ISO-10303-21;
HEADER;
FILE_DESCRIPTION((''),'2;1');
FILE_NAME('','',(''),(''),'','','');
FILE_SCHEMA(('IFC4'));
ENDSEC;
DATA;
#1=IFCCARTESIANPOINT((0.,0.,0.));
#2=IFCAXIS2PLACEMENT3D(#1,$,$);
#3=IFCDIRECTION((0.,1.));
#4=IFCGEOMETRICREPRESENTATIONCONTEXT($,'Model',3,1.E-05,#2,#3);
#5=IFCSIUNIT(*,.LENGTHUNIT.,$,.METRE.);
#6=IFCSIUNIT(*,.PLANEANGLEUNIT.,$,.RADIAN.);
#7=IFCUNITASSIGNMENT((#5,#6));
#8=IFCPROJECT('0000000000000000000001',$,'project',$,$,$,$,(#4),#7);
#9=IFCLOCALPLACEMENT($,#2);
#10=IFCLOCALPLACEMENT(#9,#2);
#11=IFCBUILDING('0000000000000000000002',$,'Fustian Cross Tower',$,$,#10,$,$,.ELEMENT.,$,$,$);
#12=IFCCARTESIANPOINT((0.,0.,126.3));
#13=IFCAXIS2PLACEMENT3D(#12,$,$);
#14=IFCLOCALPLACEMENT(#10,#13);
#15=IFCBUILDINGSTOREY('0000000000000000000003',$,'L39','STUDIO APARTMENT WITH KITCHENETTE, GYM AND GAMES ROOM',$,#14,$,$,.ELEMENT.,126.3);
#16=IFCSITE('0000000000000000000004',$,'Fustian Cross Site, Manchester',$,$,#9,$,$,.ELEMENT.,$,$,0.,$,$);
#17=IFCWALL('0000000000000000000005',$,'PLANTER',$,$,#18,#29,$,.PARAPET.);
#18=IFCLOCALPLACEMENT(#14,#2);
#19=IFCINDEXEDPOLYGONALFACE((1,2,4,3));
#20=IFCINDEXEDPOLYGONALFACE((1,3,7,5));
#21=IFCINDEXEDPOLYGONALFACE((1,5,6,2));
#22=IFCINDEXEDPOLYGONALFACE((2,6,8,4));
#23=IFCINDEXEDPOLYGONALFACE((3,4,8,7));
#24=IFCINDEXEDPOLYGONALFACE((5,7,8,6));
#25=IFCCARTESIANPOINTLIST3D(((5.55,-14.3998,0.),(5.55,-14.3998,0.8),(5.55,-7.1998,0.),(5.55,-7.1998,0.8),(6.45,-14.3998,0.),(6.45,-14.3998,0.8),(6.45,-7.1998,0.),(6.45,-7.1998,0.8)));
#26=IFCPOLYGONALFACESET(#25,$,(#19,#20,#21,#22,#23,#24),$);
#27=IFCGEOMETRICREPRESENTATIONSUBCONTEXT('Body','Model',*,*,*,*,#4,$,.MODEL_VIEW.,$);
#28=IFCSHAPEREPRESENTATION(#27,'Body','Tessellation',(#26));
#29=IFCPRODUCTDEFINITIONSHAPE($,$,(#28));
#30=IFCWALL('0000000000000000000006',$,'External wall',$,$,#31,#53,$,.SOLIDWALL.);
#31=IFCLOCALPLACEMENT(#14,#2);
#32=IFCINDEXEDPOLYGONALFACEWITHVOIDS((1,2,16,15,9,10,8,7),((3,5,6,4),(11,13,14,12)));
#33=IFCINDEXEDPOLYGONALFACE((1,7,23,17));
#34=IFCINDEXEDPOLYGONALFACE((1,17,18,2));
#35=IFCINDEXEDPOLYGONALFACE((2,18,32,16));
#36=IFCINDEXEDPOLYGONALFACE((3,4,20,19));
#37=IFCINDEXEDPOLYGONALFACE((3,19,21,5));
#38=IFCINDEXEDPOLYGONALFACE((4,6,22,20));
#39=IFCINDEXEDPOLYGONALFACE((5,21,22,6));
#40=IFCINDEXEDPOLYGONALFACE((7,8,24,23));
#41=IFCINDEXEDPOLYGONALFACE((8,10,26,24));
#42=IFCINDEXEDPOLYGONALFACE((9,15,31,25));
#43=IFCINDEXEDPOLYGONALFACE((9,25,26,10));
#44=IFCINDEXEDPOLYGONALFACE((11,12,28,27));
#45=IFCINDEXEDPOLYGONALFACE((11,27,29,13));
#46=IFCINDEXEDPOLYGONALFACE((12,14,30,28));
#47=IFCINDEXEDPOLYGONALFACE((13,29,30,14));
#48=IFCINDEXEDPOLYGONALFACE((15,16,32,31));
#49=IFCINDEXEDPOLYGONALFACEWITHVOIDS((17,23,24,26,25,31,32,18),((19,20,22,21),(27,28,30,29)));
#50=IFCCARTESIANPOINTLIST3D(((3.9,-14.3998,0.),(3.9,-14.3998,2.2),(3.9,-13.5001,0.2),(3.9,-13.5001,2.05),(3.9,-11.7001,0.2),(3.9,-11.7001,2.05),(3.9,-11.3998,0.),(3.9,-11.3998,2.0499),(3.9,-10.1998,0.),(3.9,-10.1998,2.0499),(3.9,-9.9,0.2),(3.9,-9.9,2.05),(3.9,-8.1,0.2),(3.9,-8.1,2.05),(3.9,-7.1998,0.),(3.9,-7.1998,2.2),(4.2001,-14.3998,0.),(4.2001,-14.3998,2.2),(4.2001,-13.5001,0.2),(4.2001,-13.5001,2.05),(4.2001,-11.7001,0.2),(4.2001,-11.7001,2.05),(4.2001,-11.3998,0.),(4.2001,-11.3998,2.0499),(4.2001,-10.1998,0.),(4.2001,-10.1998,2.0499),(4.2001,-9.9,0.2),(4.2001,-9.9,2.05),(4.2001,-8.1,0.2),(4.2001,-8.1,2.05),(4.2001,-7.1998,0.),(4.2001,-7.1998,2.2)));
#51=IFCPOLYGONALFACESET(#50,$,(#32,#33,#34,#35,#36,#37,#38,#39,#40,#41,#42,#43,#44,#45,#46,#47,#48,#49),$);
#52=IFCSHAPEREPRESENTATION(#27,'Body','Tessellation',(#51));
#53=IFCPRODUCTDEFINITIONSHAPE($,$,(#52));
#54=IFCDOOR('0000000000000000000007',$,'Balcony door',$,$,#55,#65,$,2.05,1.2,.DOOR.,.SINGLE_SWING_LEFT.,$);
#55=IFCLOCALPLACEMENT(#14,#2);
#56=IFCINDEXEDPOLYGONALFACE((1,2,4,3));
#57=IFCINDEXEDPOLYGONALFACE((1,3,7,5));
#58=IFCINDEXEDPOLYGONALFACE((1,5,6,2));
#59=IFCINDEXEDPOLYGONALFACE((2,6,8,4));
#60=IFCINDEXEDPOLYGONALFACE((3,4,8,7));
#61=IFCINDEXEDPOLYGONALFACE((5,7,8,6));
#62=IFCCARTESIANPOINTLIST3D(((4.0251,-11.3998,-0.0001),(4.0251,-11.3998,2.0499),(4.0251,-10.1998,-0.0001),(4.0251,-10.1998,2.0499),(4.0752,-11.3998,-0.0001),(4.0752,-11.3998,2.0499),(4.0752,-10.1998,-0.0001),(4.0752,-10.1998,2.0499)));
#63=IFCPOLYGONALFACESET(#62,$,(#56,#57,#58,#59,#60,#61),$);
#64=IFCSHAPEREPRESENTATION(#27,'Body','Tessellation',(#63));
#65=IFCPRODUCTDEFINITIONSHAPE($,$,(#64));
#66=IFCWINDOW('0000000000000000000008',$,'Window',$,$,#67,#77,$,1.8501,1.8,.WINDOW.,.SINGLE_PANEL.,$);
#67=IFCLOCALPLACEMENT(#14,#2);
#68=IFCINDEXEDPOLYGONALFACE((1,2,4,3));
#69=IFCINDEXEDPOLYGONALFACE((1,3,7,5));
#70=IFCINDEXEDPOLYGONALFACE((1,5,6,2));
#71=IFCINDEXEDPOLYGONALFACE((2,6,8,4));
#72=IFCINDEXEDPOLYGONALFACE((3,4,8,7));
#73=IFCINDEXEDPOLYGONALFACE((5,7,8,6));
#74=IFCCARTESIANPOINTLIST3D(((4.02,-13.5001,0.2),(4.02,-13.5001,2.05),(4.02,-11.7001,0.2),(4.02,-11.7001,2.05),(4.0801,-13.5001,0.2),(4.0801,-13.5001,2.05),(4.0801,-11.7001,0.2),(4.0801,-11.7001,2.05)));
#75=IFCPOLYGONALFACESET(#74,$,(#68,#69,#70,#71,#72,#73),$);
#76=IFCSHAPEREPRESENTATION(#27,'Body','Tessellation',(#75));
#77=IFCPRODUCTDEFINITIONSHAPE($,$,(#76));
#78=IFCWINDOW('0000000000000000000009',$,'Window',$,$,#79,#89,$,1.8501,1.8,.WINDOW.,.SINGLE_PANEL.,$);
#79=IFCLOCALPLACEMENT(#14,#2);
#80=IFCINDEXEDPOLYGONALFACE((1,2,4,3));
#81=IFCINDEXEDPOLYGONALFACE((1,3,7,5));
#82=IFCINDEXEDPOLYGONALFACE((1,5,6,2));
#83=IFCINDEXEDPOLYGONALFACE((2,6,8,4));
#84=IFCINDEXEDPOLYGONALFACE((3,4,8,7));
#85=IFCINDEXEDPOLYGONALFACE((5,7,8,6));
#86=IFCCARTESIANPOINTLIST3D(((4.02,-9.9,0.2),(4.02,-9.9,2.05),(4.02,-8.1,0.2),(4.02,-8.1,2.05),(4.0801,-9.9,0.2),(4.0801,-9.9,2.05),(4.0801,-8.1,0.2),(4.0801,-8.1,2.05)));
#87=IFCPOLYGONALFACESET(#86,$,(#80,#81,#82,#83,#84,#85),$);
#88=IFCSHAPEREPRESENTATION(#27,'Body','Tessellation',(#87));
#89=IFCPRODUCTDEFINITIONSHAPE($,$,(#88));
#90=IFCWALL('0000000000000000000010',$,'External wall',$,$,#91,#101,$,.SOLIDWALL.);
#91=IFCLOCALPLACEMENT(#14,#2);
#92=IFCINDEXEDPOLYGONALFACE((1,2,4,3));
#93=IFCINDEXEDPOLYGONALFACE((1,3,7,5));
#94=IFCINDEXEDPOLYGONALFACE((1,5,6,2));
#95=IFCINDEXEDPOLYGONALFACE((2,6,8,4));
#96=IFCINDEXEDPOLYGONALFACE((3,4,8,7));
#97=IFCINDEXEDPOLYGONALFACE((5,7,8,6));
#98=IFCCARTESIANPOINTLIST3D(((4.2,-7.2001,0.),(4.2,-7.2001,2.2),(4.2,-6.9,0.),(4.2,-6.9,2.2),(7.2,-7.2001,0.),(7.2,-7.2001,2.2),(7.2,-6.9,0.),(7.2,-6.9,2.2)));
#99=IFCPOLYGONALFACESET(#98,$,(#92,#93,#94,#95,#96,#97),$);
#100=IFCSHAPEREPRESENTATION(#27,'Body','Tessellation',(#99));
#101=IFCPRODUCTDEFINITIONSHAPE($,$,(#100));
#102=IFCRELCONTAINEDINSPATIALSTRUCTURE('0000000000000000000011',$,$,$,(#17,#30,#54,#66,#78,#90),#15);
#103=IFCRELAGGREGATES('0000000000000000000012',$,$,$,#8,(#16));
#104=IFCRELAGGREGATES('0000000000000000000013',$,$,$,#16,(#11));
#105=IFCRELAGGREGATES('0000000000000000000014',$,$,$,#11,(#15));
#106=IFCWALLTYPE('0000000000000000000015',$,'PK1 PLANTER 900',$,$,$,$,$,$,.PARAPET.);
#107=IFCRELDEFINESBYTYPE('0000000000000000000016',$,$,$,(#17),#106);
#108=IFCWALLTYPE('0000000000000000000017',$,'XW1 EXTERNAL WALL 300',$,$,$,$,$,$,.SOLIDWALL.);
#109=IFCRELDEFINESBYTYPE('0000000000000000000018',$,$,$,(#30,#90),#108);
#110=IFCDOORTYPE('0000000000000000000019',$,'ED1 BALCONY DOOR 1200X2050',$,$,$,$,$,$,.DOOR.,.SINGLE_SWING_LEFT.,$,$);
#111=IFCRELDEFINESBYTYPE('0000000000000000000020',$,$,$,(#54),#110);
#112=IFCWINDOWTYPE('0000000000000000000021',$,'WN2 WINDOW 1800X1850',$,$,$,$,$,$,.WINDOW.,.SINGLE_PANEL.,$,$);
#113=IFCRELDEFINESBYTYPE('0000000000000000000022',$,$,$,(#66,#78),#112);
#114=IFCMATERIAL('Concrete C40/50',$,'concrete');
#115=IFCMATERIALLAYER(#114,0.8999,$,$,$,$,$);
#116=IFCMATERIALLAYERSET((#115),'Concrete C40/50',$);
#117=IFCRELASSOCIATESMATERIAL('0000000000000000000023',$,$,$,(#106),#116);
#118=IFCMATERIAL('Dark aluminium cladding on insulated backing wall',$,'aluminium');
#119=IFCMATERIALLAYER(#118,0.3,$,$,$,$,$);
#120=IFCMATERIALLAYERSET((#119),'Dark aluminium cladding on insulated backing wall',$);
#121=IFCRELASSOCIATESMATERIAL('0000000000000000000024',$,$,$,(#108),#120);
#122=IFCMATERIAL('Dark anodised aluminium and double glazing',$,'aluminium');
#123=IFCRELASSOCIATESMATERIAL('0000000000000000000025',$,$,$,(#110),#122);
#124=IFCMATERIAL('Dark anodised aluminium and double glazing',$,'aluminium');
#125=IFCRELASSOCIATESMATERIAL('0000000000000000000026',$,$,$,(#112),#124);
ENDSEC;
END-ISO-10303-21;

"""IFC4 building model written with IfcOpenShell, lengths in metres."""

from ifc_helpers import new_model, si_unit, direction, frame, frame_2d, origin, place, context, subcontext, project, spatial, rectangle, extrude, material, layer, layer_set, type_object, element, fill, save


model = new_model("IFC4")

# Units and contexts
model_context = context("Model", 3, precision=1e-05, world=origin(), true_north=direction((0.0, 1.0)))
body_context = subcontext(model_context, "Body", "Model", "MODEL_VIEW")
ifc_project = project(units=[si_unit("LENGTHUNIT", "METRE"), si_unit("PLANEANGLEUNIT", "RADIAN")], contexts=[model_context])

# Site, building, storey
site_placement = place(None, origin())
site = spatial("IfcSite", under=ifc_project, at=site_placement, Name="Fustian Cross Site, Manchester", CompositionType="ELEMENT", RefElevation=0.0)
building_placement = place(site_placement, origin())
building = spatial("IfcBuilding", under=site, at=building_placement, Name="Fustian Cross Tower", CompositionType="ELEMENT")
storey_placement = place(building_placement, frame((0.0, 0.0, 126.3)))
storey = spatial("IfcBuildingStorey", under=building, at=storey_placement, Name="L39", Description="STUDIO APARTMENT WITH KITCHENETTE, GYM AND GAMES ROOM", CompositionType="ELEMENT", Elevation=126.3)

# Wall
ifc_material_1 = material(Name="Concrete C40/50", Category="concrete")
ifc_layer_1 = layer(ifc_material_1, 0.8999)
ifc_layer_set_1 = layer_set([ifc_layer_1], Name="Concrete C40/50")
wall_type_1 = type_object("IfcWallType", Name="PK1 PLANTER 900", PredefinedType="PARAPET", material=ifc_layer_set_1)
wall_1_placement = place(storey_placement, frame((6.0, -14.3999, 0.0), z_axis=(0.0, 0.0, 1.0), x_axis=(0.0, 1.0, 0.0)))
element("IfcWall", 1, at=wall_1_placement, inside=storey, type_object=wall_type_1, Name="PLANTER", PredefinedType="PARAPET", context=body_context, shape_type="SweptSolid", body=[
    extrude(rectangle(XDim=7.2, YDim=0.8999, at=frame_2d((3.6001, 0.0))), origin(), (0.0, 0.0, 1.0), 0.8),
])

# Wall, openings, door, windows
ifc_material_2 = material(Name="Dark aluminium cladding on insulated backing wall", Category="aluminium")
ifc_layer_2 = layer(ifc_material_2, 0.3)
ifc_layer_set_2 = layer_set([ifc_layer_2], Name="Dark aluminium cladding on insulated backing wall")
wall_type_2 = type_object("IfcWallType", Name="XW1 EXTERNAL WALL 300", PredefinedType="SOLIDWALL", material=ifc_layer_set_2)
wall_2_placement = place(storey_placement, frame((4.05, -14.3999, 0.0), z_axis=(0.0, 0.0, 1.0), x_axis=(0.0, 1.0, 0.0)))
wall_2 = element("IfcWall", 2, at=wall_2_placement, inside=storey, type_object=wall_type_2, Name="External wall", PredefinedType="SOLIDWALL", context=body_context, shape_type="SweptSolid", body=[
    extrude(rectangle(XDim=7.2, YDim=0.3, at=frame_2d((3.6001, 0.0))), origin(), (0.0, 0.0, 1.0), 2.2),
])
opening_1_placement = place(wall_2_placement, frame((3.0, 0.0, 0.0)))
opening_1 = element("IfcOpeningElement", 3, at=opening_1_placement, cuts=wall_2, PredefinedType="OPENING", context=body_context, shape_type="SweptSolid", body=[
    extrude(rectangle(XDim=1.2, YDim=2.05, at=frame_2d((0.6001, 1.0249))), frame((0.0, 0.1599, 0.0), z_axis=(0.0, -1.0, 0.0), x_axis=(1.0, 0.0, 0.0)), (0.0, 0.0, 1.0), 0.3201),
])
opening_2_placement = place(wall_2_placement, frame((0.8999, 0.0, 0.2)))
opening_2 = element("IfcOpeningElement", 4, at=opening_2_placement, cuts=wall_2, PredefinedType="OPENING", context=body_context, shape_type="SweptSolid", body=[
    extrude(rectangle(XDim=1.8, YDim=1.8501, at=frame_2d((0.8999, 0.925))), frame((0.0, 0.1599, 0.0), z_axis=(0.0, -1.0, 0.0), x_axis=(1.0, 0.0, 0.0)), (0.0, 0.0, 1.0), 0.3201),
])
opening_3_placement = place(wall_2_placement, frame((4.5, 0.0, 0.2)))
opening_3 = element("IfcOpeningElement", 5, at=opening_3_placement, cuts=wall_2, PredefinedType="OPENING", context=body_context, shape_type="SweptSolid", body=[
    extrude(rectangle(XDim=1.8, YDim=1.8501, at=frame_2d((0.8999, 0.925))), frame((0.0, 0.1599, 0.0), z_axis=(0.0, -1.0, 0.0), x_axis=(1.0, 0.0, 0.0)), (0.0, 0.0, 1.0), 0.3201),
])
ifc_material_3 = material(Name="Dark anodised aluminium and double glazing", Category="aluminium")
door_type_1 = type_object("IfcDoorType", Name="ED1 BALCONY DOOR 1200X2050", OperationType="SINGLE_SWING_LEFT", PredefinedType="DOOR", material=ifc_material_3)
door_1_placement = place(opening_1_placement, origin())
door_1 = element("IfcDoor", 6, at=door_1_placement, inside=storey, type_object=door_type_1, Name="Balcony door", OperationType="SINGLE_SWING_LEFT", OverallHeight=2.05, OverallWidth=1.2, PredefinedType="DOOR", context=body_context, shape_type="SweptSolid", body=[
    extrude(rectangle(XDim=1.2, YDim=2.05, at=frame_2d((0.6001, 1.0249))), frame((0.0, 0.0249, 0.0), z_axis=(0.0, -1.0, 0.0), x_axis=(1.0, 0.0, 0.0)), (0.0, 0.0, 1.0), 0.05),
])
fill(opening_1, door_1)
ifc_material_4 = material(Name="Dark anodised aluminium and double glazing", Category="aluminium")
window_type = type_object("IfcWindowType", Name="WN2 WINDOW 1800X1850", PartitioningType="SINGLE_PANEL", PredefinedType="WINDOW", material=ifc_material_4)
window_1_placement = place(opening_2_placement, origin())
window_1 = element("IfcWindow", 7, at=window_1_placement, inside=storey, type_object=window_type, Name="Window", OverallHeight=1.8501, OverallWidth=1.8, PartitioningType="SINGLE_PANEL", PredefinedType="WINDOW", context=body_context, shape_type="SweptSolid", body=[
    extrude(rectangle(XDim=1.8, YDim=1.8501, at=frame_2d((0.8999, 0.925))), frame((0.0, 0.03, 0.0), z_axis=(0.0, -1.0, 0.0), x_axis=(1.0, 0.0, 0.0)), (0.0, 0.0, 1.0), 0.0601),
])
fill(opening_2, window_1)
window_2_placement = place(opening_3_placement, origin())
window_2 = element("IfcWindow", 8, at=window_2_placement, inside=storey, type_object=window_type, Name="Window", OverallHeight=1.8501, OverallWidth=1.8, PartitioningType="SINGLE_PANEL", PredefinedType="WINDOW", context=body_context, shape_type="SweptSolid", body=[
    extrude(rectangle(XDim=1.8, YDim=1.8501, at=frame_2d((0.8999, 0.925))), frame((0.0, 0.03, 0.0), z_axis=(0.0, -1.0, 0.0), x_axis=(1.0, 0.0, 0.0)), (0.0, 0.0, 1.0), 0.0601),
])
fill(opening_3, window_2)

# Wall
wall_3_placement = place(storey_placement, frame((4.2, -7.05, 0.0), z_axis=(0.0, 0.0, 1.0), x_axis=(1.0, 0.0, 0.0)))
element("IfcWall", 9, at=wall_3_placement, inside=storey, type_object=wall_type_2, Name="External wall", PredefinedType="SOLIDWALL", context=body_context, shape_type="SweptSolid", body=[
    extrude(rectangle(XDim=3.0, YDim=0.3, at=frame_2d((1.5, 0.0))), origin(), (0.0, 0.0, 1.0), 2.2),
])

save(model, "model.ifc")
